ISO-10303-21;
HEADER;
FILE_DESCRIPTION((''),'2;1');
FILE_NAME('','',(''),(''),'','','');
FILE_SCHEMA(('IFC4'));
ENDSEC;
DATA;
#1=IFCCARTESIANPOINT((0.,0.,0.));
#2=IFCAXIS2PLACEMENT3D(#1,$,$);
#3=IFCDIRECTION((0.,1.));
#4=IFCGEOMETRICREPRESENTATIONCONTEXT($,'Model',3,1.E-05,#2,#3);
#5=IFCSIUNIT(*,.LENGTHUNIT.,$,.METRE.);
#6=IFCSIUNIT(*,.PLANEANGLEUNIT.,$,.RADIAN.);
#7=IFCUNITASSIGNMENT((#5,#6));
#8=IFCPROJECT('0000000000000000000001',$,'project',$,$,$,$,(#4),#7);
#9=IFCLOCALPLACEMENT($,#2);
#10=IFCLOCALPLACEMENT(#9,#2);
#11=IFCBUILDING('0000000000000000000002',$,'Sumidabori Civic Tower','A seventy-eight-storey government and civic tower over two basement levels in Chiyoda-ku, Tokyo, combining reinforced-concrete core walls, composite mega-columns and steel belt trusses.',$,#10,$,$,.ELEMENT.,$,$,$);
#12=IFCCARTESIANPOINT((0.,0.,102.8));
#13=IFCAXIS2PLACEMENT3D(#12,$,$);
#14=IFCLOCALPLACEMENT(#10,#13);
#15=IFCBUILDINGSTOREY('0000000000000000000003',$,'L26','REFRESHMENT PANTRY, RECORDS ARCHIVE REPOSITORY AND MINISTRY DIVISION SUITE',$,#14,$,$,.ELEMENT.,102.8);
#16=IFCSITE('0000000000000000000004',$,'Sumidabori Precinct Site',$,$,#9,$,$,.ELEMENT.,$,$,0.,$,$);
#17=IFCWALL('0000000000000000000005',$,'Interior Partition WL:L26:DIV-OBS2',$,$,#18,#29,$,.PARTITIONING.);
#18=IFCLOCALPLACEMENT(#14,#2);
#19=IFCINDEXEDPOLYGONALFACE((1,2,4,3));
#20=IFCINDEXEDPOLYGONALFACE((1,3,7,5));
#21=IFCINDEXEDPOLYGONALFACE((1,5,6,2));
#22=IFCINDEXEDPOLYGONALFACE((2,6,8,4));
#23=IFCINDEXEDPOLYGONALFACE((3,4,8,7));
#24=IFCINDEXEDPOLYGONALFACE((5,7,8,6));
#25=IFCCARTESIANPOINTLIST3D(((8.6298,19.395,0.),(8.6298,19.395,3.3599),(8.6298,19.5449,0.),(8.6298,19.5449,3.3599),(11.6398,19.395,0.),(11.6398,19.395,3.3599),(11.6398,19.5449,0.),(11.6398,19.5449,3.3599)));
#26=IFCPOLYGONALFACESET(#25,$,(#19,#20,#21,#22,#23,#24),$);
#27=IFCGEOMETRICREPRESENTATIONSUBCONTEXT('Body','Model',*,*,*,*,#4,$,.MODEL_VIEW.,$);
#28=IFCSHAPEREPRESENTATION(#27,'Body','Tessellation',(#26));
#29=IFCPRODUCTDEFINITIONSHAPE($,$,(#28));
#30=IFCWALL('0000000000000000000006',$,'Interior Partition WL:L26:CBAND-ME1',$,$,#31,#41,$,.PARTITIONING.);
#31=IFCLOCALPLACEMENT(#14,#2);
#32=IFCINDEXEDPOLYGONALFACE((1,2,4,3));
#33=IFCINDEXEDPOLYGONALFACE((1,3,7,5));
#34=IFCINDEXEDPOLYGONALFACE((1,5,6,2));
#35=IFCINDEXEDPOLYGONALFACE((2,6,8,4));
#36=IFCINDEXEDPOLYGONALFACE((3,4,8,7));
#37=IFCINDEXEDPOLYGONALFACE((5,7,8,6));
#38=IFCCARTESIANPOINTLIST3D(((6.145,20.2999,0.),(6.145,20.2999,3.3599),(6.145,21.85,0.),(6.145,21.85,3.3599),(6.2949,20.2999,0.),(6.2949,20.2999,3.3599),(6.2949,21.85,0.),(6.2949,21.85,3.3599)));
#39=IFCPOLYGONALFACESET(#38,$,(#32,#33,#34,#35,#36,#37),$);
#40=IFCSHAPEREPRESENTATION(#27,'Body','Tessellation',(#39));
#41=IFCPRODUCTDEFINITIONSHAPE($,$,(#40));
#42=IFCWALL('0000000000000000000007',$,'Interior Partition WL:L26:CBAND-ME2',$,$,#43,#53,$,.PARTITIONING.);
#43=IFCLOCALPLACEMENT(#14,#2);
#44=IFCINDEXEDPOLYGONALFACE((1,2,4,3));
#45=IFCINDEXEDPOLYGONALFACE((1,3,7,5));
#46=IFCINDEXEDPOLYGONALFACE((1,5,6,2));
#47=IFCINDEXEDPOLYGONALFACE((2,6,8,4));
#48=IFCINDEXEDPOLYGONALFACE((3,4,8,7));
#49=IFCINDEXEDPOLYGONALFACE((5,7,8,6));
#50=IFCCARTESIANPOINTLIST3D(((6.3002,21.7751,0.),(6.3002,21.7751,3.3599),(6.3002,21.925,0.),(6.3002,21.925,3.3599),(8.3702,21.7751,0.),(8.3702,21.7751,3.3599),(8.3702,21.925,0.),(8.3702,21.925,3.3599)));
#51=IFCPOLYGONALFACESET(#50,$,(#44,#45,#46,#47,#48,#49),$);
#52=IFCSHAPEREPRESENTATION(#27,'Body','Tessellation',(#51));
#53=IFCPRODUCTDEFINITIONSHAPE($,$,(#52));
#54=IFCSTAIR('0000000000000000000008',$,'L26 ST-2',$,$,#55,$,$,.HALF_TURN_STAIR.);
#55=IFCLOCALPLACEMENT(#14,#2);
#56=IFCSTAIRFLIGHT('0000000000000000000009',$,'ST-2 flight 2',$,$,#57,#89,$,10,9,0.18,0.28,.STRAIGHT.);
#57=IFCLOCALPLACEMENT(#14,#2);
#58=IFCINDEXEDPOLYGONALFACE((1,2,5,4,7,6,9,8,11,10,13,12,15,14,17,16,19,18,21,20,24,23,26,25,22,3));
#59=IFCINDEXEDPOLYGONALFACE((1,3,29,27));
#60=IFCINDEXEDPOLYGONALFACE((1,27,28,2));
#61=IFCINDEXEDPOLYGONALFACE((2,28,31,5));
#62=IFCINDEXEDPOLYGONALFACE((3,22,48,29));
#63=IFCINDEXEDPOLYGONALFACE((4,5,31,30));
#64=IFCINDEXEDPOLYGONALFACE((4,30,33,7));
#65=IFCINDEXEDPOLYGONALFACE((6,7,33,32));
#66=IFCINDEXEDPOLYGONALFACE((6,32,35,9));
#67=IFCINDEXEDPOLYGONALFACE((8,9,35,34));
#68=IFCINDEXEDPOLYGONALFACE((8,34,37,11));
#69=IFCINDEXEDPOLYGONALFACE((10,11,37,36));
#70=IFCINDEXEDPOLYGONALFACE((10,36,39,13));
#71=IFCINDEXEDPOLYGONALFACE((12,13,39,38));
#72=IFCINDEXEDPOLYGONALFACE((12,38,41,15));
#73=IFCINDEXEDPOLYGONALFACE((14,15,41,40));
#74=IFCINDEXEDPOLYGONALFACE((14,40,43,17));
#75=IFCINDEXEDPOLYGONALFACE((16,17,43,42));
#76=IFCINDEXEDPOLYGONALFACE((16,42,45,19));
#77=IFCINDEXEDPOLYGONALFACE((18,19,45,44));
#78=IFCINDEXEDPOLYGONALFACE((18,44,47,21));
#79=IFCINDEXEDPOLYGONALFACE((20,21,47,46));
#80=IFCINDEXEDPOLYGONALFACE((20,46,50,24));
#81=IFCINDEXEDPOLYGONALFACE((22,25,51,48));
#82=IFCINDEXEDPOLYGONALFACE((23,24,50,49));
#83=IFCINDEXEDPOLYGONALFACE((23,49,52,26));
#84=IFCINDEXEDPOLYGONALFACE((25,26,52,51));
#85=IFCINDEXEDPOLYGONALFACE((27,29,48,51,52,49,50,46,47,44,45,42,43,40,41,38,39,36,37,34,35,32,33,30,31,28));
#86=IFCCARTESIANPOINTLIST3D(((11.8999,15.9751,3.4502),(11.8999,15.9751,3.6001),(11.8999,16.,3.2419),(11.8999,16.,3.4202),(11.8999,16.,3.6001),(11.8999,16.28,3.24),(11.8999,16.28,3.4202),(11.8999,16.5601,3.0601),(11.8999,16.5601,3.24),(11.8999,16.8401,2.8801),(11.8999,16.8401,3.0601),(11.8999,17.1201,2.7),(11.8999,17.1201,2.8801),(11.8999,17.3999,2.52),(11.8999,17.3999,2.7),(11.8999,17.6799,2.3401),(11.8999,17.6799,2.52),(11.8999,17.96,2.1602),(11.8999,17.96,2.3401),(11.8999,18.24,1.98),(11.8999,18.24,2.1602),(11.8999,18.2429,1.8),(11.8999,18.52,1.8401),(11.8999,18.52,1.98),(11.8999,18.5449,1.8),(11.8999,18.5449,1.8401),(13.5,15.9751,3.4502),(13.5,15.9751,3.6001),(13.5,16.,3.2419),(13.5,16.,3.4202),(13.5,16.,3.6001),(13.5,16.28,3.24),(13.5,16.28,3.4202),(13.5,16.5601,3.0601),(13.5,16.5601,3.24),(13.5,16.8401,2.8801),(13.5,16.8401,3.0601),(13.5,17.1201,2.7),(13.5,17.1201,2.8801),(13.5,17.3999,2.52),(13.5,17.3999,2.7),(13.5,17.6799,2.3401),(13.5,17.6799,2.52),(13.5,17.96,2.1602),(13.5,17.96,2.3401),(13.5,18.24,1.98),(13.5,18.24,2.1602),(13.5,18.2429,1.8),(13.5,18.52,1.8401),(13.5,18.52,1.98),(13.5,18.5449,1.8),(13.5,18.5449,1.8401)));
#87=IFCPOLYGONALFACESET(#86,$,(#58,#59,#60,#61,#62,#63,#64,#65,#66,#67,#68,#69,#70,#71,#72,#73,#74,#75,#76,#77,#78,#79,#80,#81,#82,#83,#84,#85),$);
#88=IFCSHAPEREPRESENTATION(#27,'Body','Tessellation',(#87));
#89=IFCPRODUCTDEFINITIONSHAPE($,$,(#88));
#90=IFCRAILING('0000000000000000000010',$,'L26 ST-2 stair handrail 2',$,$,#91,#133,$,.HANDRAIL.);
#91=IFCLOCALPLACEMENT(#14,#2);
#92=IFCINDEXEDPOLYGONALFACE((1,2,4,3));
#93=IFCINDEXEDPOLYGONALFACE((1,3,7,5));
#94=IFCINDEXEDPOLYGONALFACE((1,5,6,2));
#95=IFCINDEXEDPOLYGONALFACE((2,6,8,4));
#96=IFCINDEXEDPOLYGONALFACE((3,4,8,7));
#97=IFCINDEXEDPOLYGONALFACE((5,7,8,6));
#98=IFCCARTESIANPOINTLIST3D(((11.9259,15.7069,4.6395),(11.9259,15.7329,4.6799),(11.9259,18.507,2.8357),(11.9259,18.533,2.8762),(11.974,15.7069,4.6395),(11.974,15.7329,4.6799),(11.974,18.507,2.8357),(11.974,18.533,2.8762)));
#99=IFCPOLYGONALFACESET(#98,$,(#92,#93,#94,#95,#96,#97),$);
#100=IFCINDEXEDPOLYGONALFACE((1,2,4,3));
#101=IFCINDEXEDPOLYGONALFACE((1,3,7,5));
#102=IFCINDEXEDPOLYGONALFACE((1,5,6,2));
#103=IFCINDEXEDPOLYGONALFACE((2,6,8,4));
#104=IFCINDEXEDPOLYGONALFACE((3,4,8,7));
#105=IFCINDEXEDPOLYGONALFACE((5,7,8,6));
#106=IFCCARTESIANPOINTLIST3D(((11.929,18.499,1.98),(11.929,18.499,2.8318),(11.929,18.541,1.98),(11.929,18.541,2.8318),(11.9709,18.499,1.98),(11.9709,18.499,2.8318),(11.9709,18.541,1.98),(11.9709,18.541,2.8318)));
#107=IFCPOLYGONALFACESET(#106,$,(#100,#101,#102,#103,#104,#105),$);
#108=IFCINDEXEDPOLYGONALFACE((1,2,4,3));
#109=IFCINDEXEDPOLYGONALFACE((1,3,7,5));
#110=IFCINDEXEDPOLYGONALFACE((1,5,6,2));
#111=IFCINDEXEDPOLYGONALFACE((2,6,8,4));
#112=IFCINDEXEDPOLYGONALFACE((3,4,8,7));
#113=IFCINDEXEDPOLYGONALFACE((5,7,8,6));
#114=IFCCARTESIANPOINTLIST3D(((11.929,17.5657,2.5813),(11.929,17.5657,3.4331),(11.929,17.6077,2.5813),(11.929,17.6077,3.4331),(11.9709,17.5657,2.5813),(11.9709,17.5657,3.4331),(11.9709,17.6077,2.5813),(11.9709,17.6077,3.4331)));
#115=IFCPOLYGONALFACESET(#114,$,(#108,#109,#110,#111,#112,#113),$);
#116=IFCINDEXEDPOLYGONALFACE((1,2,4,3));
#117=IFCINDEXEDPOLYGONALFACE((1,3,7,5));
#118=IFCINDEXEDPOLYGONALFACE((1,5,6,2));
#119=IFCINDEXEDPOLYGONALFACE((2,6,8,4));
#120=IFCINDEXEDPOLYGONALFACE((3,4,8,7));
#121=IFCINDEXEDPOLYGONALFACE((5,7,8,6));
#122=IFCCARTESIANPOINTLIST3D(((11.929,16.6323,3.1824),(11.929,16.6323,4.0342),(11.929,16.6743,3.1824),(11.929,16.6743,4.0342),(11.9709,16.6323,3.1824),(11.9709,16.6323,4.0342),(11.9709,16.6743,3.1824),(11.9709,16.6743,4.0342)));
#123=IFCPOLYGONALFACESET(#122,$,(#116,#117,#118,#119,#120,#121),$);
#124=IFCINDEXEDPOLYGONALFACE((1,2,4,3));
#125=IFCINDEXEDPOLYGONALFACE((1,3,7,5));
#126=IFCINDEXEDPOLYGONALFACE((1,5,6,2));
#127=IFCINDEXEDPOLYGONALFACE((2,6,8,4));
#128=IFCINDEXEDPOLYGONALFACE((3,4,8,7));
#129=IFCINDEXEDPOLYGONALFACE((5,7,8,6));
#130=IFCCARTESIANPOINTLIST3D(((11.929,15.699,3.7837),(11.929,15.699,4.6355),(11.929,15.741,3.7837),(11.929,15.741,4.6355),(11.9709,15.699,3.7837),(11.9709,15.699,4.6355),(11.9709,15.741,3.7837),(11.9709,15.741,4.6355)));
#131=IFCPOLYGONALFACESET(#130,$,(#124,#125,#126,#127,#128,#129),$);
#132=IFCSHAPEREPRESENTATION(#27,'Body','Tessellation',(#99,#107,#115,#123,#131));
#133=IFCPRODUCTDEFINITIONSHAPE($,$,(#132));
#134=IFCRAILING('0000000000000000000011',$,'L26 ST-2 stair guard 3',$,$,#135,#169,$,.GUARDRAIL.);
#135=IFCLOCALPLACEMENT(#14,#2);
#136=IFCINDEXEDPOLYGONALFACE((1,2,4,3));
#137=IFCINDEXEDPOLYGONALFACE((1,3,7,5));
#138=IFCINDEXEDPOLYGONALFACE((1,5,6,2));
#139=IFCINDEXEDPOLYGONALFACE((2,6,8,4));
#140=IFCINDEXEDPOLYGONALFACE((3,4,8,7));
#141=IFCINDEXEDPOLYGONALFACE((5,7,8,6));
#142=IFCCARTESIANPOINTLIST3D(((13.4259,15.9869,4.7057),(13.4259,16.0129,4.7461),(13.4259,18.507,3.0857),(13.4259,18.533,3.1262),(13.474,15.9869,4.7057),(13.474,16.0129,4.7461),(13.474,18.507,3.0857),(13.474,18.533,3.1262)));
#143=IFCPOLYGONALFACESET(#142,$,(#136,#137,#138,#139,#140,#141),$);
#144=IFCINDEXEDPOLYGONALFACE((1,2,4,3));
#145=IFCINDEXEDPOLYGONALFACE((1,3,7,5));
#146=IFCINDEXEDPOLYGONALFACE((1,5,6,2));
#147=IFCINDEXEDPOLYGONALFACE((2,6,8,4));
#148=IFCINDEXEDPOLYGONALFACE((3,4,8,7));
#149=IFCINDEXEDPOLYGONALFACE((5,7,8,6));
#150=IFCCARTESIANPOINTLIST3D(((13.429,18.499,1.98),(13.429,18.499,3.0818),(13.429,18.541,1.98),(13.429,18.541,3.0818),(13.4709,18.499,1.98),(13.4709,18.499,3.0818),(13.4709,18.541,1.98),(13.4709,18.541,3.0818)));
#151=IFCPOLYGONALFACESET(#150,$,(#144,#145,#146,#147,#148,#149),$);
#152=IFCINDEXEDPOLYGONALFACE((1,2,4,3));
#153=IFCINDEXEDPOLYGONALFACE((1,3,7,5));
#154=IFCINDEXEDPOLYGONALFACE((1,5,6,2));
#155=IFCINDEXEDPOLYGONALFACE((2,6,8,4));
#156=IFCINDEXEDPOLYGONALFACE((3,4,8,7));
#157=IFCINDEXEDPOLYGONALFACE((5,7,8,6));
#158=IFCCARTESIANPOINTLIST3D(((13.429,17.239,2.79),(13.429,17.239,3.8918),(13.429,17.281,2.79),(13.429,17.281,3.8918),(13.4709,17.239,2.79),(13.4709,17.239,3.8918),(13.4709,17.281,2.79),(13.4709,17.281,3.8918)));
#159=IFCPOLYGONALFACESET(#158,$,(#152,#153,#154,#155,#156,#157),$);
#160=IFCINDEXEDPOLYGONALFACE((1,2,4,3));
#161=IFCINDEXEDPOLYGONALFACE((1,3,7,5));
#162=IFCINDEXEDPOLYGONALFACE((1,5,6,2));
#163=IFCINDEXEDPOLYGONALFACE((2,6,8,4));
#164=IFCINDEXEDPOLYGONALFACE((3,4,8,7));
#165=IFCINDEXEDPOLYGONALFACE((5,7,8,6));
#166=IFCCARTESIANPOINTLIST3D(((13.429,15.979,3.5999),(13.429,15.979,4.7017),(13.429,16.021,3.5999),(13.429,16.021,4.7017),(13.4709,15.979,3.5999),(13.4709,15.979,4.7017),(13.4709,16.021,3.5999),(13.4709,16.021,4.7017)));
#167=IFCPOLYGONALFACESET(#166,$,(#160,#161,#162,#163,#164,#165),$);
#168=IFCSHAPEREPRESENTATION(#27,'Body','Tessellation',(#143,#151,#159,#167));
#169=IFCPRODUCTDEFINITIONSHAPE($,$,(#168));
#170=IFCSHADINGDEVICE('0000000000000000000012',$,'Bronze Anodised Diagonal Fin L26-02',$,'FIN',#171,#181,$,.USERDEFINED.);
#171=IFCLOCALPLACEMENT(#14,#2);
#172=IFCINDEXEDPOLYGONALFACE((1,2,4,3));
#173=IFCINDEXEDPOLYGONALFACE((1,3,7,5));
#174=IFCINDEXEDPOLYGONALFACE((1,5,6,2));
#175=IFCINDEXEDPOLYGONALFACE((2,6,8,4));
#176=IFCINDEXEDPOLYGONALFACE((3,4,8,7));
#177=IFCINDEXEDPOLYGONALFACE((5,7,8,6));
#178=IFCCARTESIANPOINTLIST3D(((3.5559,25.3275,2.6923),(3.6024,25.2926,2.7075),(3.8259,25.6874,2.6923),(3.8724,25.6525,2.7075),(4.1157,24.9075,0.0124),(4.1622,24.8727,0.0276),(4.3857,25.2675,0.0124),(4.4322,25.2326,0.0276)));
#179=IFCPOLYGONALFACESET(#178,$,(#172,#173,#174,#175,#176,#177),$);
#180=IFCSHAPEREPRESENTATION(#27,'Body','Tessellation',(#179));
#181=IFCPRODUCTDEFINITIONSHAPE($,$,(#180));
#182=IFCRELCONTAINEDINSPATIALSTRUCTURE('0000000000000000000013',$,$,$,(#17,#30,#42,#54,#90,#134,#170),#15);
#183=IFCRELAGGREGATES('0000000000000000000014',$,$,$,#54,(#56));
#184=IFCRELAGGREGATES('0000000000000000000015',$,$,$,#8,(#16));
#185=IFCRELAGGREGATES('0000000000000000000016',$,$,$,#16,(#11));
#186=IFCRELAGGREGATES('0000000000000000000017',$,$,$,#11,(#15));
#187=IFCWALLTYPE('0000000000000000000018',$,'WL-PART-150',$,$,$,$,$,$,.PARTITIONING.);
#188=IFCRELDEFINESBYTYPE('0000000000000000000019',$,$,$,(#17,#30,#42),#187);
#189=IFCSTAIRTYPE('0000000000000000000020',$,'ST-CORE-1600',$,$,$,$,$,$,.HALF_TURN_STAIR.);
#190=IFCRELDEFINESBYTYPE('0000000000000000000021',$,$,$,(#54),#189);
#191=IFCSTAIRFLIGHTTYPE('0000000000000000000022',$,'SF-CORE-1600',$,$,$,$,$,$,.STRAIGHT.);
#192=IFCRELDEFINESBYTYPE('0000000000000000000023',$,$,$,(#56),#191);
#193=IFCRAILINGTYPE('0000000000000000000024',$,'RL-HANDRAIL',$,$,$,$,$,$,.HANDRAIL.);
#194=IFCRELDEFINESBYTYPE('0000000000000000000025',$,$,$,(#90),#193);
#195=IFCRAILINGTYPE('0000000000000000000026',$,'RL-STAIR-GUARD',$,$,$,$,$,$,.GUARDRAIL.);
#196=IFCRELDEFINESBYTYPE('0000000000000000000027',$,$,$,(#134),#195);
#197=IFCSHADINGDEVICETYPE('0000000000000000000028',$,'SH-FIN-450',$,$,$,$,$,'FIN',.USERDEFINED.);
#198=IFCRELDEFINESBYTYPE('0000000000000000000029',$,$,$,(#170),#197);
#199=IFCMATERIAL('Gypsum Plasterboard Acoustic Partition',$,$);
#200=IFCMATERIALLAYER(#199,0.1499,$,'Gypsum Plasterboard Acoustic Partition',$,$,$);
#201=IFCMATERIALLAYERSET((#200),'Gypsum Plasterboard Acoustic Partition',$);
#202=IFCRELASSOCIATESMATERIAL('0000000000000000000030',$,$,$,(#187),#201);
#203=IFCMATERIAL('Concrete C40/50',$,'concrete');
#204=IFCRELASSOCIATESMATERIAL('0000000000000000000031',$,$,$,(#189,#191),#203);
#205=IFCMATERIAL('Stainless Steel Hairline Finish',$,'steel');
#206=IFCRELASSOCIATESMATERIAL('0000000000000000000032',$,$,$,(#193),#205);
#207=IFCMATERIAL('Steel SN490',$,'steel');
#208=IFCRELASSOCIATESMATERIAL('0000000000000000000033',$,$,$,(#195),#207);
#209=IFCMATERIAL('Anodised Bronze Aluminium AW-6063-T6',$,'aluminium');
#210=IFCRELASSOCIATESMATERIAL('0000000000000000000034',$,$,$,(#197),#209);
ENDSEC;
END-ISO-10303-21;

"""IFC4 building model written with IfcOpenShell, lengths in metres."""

from ifc_helpers import new_model, si_unit, direction, frame, frame_2d, origin, origin_2d, place, context, subcontext, project, spatial, polyline, rectangle, outline, extrude, source, transform, mapped, material, layer, layer_set, material_profile, profile_set, type_object, element, aggregate, save


model = new_model("IFC4")

# Units and contexts
model_context = context("Model", 3, precision=1e-05, world=origin(), true_north=direction((0.0, 1.0)))
body_context = subcontext(model_context, "Body", "Model", "MODEL_VIEW")
ifc_project = project(units=[si_unit("LENGTHUNIT", "METRE"), si_unit("PLANEANGLEUNIT", "RADIAN")], contexts=[model_context])

# Site, building, storey
site_placement = place(None, origin())
site = spatial("IfcSite", under=ifc_project, at=site_placement, Name="Sumidabori Precinct Site", CompositionType="ELEMENT", RefElevation=0.0)
building_placement = place(site_placement, origin())
building = spatial("IfcBuilding", under=site, at=building_placement, Name="Sumidabori Civic Tower", Description="A seventy-eight-storey government and civic tower over two basement levels in Chiyoda-ku, Tokyo, combining reinforced-concrete core walls, composite mega-columns and steel belt trusses.", CompositionType="ELEMENT")
storey_placement = place(building_placement, frame((0.0, 0.0, 102.8)))
storey = spatial("IfcBuildingStorey", under=building, at=storey_placement, Name="L26", Description="REFRESHMENT PANTRY, RECORDS ARCHIVE REPOSITORY AND MINISTRY DIVISION SUITE", CompositionType="ELEMENT", Elevation=102.8)

# Shared definitions
ifc_material_1 = material(Name="Steel SN490", Category="steel")

# Shared definitions
ifc_material_2 = material(Name="Anodised Bronze Aluminium AW-6063-T6", Category="aluminium")

# Walls
ifc_material_3 = material(Name="Gypsum Plasterboard Acoustic Partition")
ifc_layer_1 = layer(ifc_material_3, 0.1499, Name="Gypsum Plasterboard Acoustic Partition")
ifc_layer_set_1 = layer_set([ifc_layer_1], Name="Gypsum Plasterboard Acoustic Partition")
wall_type_1 = type_object("IfcWallType", Name="WL-PART-150", PredefinedType="PARTITIONING", material=ifc_layer_set_1)
shared_shape_1 = source(origin(), body_context, "Body", "SweptSolid", [
    extrude(rectangle(XDim=3.01, YDim=0.1499, at=frame_2d((1.5049, 0.0))), origin(), (0.0, 0.0, 1.0), 3.3599),
])
wall_1_placement = place(storey_placement, frame((8.6299, 19.47, 0.0), z_axis=(0.0, 0.0, 1.0), x_axis=(1.0, 0.0, 0.0)))
element("IfcWall", 1, at=wall_1_placement, inside=storey, type_object=wall_type_1, Name="Interior Partition WL:L26:DIV-OBS2", PredefinedType="PARTITIONING", context=body_context, shape_type="MappedRepresentation", body=[
    mapped(shared_shape_1, transform((0.0, 0.0, 0.0), x_axis=(1.0, 0.0, 0.0), y_axis=(0.0, 1.0, 0.0), z_axis=(0.0, 0.0, 1.0), scale=1.0)),
])
shared_shape_2 = source(origin(), body_context, "Body", "SweptSolid", [
    extrude(rectangle(XDim=1.55, YDim=0.1499, at=frame_2d((0.7749, 0.0))), origin(), (0.0, 0.0, 1.0), 3.3599),
])
wall_2_placement = place(storey_placement, frame((6.22, 20.3, 0.0), z_axis=(0.0, 0.0, 1.0), x_axis=(0.0, 1.0, 0.0)))
element("IfcWall", 2, at=wall_2_placement, inside=storey, type_object=wall_type_1, Name="Interior Partition WL:L26:CBAND-ME1", PredefinedType="PARTITIONING", context=body_context, shape_type="MappedRepresentation", body=[
    mapped(shared_shape_2, transform((0.0, 0.0, 0.0), x_axis=(1.0, 0.0, 0.0), y_axis=(0.0, 1.0, 0.0), z_axis=(0.0, 0.0, 1.0), scale=1.0)),
])
shared_shape_3 = source(origin(), body_context, "Body", "SweptSolid", [
    extrude(rectangle(XDim=2.0701, YDim=0.1499, at=frame_2d((1.0352, 0.0))), origin(), (0.0, 0.0, 1.0), 3.3599),
])
wall_3_placement = place(storey_placement, frame((6.3, 21.8501, 0.0), z_axis=(0.0, 0.0, 1.0), x_axis=(1.0, 0.0, 0.0)))
element("IfcWall", 3, at=wall_3_placement, inside=storey, type_object=wall_type_1, Name="Interior Partition WL:L26:CBAND-ME2", PredefinedType="PARTITIONING", context=body_context, shape_type="MappedRepresentation", body=[
    mapped(shared_shape_3, transform((0.0, 0.0, 0.0), x_axis=(1.0, 0.0, 0.0), y_axis=(0.0, 1.0, 0.0), z_axis=(0.0, 0.0, 1.0), scale=1.0)),
])

# Stair, stair flight
ifc_material_4 = material(Name="Concrete C40/50", Category="concrete")
stair_type = type_object("IfcStairType", Name="ST-CORE-1600", PredefinedType="HALF_TURN_STAIR", material=ifc_material_4)
stair_placement = place(storey_placement, origin())
stair = element("IfcStair", 4, at=stair_placement, inside=storey, type_object=stair_type, Name="L26 ST-2", PredefinedType="HALF_TURN_STAIR")
stair_flight_type = type_object("IfcStairFlightType", Name="SF-CORE-1600", PredefinedType="STRAIGHT", material=ifc_material_4)
shared_shape_4 = source(origin(), body_context, "Body", "SweptSolid", [
    extrude(outline(polyline([(-0.0249, 0.0), (-0.0249, 0.04), (0.0, 0.04), (0.0, 0.1799), (0.28, 0.1799), (0.28, 0.3601), (0.5601, 0.3601), (0.5601, 0.54), (0.8401, 0.54), (0.8401, 0.72), (1.1201, 0.72), (1.1201, 0.8999), (1.3999, 0.8999), (1.3999, 1.0801), (1.6799, 1.0801), (1.6799, 1.26), (1.96, 1.26), (1.96, 1.4399), (2.24, 1.4399), (2.24, 1.6201), (2.52, 1.6201), (2.52, 1.8), (2.5449, 1.8), (2.5449, 1.6501), (2.52, 1.4419), (0.2771, 0.0), (-0.0249, 0.0)])), frame((0.0, 0.8, 0.0), z_axis=(0.0, -1.0, 0.0), x_axis=(1.0, 0.0, 0.0)), (0.0, 0.0, 1.0), 1.6001),
])
stair_flight_placement = place(storey_placement, frame((12.7, 18.52, 1.8), z_axis=(0.0, 0.0, 1.0), x_axis=(0.0, -1.0, 0.0)))
stair_flight = element("IfcStairFlight", 5, at=stair_flight_placement, type_object=stair_flight_type, Name="ST-2 flight 2", NumberOfRisers=10, NumberOfTreads=9, PredefinedType="STRAIGHT", RiserHeight=0.18, TreadLength=0.28, context=body_context, shape_type="MappedRepresentation", body=[
    mapped(shared_shape_4, transform((0.0, 0.0, 0.0), x_axis=(1.0, 0.0, 0.0), y_axis=(0.0, 1.0, 0.0), z_axis=(0.0, 0.0, 1.0), scale=1.0)),
])
aggregate(stair, [stair_flight])

# Railings
ifc_material_5 = material(Name="Stainless Steel Hairline Finish", Category="steel")
railing_type_1 = type_object("IfcRailingType", Name="RL-HANDRAIL", PredefinedType="HANDRAIL", material=ifc_material_5)
railing_1_placement = place(storey_placement, frame((11.95, 18.52, 1.98)))
element("IfcRailing", 6, at=railing_1_placement, inside=storey, type_object=railing_type_1, Name="L26 ST-2 stair handrail 2", PredefinedType="HANDRAIL", context=body_context, shape_type="SweptSolid", body=[
    extrude(rectangle(XDim=0.0481, YDim=0.0481, at=origin_2d()), frame((0.0, 0.0, 0.876), z_axis=(0.0, -0.840676, 0.541539), x_axis=(1.0, 0.0, 0.0)), (0.0, 0.0, 1.0), 3.3308),
    extrude(rectangle(XDim=0.042, YDim=0.042, at=origin_2d()), origin(), (0.0, 0.0, 1.0), 0.8518),
    extrude(rectangle(XDim=0.042, YDim=0.042, at=origin_2d()), frame((0.0, -0.9333, 0.6013)), (0.0, 0.0, 1.0), 0.8518),
    extrude(rectangle(XDim=0.042, YDim=0.042, at=origin_2d()), frame((0.0, -1.8667, 1.2024)), (0.0, 0.0, 1.0), 0.8518),
    extrude(rectangle(XDim=0.042, YDim=0.042, at=origin_2d()), frame((0.0, -2.8, 1.8037)), (0.0, 0.0, 1.0), 0.8518),
])
railing_type_2 = type_object("IfcRailingType", Name="RL-STAIR-GUARD", PredefinedType="GUARDRAIL", material=ifc_material_1)
railing_2_placement = place(storey_placement, frame((13.45, 18.52, 1.98)))
element("IfcRailing", 7, at=railing_2_placement, inside=storey, type_object=railing_type_2, Name="L26 ST-2 stair guard 3", PredefinedType="GUARDRAIL", context=body_context, shape_type="SweptSolid", body=[
    extrude(rectangle(XDim=0.0481, YDim=0.0481, at=origin_2d()), frame((0.0, 0.0, 1.126), z_axis=(0.0, -0.8412, 0.540725), x_axis=(1.0, 0.0, 0.0)), (0.0, 0.0, 1.0), 2.9958),
    extrude(rectangle(XDim=0.042, YDim=0.042, at=origin_2d()), origin(), (0.0, 0.0, 1.0), 1.1018),
    extrude(rectangle(XDim=0.042, YDim=0.042, at=origin_2d()), frame((0.0, -1.26, 0.8101)), (0.0, 0.0, 1.0), 1.1018),
    extrude(rectangle(XDim=0.042, YDim=0.042, at=origin_2d()), frame((0.0, -2.52, 1.6199)), (0.0, 0.0, 1.0), 1.1018),
])

# Shading device
ifc_material_profile_1 = material_profile(ifc_material_2, rectangle(XDim=0.0601, YDim=0.45, at=origin_2d()), Name="BRONZE FIN 450x60")
ifc_profile_set_1 = profile_set([ifc_material_profile_1], Name="Anodised Bronze Aluminium AW-6063-T6")
shading_device_type = type_object("IfcShadingDeviceType", Name="SH-FIN-450", ElementType="FIN", PredefinedType="USERDEFINED", material=ifc_profile_set_1)
shared_shape_5 = source(origin(), body_context, "Body", "SweptSolid", [
    extrude(rectangle(XDim=0.0601, YDim=0.45, at=origin_2d()), origin(), (0.0, 0.0, 1.0), 2.7698),
])
shading_device_placement = place(storey_placement, frame((4.2739, 25.0701, 0.02), z_axis=(-0.202114, 0.151608, 0.967556), x_axis=(0.774004, -0.580588, 0.252656)))
element("IfcShadingDevice", 8, at=shading_device_placement, inside=storey, type_object=shading_device_type, Name="Bronze Anodised Diagonal Fin L26-02", ObjectType="FIN", PredefinedType="USERDEFINED", context=body_context, shape_type="MappedRepresentation", body=[
    mapped(shared_shape_5, transform((0.0, 0.0, 0.0), x_axis=(1.0, 0.0, 0.0), y_axis=(0.0, 1.0, 0.0), z_axis=(0.0, 0.0, 1.0), scale=1.0)),
])

save(model, "model.ifc")
